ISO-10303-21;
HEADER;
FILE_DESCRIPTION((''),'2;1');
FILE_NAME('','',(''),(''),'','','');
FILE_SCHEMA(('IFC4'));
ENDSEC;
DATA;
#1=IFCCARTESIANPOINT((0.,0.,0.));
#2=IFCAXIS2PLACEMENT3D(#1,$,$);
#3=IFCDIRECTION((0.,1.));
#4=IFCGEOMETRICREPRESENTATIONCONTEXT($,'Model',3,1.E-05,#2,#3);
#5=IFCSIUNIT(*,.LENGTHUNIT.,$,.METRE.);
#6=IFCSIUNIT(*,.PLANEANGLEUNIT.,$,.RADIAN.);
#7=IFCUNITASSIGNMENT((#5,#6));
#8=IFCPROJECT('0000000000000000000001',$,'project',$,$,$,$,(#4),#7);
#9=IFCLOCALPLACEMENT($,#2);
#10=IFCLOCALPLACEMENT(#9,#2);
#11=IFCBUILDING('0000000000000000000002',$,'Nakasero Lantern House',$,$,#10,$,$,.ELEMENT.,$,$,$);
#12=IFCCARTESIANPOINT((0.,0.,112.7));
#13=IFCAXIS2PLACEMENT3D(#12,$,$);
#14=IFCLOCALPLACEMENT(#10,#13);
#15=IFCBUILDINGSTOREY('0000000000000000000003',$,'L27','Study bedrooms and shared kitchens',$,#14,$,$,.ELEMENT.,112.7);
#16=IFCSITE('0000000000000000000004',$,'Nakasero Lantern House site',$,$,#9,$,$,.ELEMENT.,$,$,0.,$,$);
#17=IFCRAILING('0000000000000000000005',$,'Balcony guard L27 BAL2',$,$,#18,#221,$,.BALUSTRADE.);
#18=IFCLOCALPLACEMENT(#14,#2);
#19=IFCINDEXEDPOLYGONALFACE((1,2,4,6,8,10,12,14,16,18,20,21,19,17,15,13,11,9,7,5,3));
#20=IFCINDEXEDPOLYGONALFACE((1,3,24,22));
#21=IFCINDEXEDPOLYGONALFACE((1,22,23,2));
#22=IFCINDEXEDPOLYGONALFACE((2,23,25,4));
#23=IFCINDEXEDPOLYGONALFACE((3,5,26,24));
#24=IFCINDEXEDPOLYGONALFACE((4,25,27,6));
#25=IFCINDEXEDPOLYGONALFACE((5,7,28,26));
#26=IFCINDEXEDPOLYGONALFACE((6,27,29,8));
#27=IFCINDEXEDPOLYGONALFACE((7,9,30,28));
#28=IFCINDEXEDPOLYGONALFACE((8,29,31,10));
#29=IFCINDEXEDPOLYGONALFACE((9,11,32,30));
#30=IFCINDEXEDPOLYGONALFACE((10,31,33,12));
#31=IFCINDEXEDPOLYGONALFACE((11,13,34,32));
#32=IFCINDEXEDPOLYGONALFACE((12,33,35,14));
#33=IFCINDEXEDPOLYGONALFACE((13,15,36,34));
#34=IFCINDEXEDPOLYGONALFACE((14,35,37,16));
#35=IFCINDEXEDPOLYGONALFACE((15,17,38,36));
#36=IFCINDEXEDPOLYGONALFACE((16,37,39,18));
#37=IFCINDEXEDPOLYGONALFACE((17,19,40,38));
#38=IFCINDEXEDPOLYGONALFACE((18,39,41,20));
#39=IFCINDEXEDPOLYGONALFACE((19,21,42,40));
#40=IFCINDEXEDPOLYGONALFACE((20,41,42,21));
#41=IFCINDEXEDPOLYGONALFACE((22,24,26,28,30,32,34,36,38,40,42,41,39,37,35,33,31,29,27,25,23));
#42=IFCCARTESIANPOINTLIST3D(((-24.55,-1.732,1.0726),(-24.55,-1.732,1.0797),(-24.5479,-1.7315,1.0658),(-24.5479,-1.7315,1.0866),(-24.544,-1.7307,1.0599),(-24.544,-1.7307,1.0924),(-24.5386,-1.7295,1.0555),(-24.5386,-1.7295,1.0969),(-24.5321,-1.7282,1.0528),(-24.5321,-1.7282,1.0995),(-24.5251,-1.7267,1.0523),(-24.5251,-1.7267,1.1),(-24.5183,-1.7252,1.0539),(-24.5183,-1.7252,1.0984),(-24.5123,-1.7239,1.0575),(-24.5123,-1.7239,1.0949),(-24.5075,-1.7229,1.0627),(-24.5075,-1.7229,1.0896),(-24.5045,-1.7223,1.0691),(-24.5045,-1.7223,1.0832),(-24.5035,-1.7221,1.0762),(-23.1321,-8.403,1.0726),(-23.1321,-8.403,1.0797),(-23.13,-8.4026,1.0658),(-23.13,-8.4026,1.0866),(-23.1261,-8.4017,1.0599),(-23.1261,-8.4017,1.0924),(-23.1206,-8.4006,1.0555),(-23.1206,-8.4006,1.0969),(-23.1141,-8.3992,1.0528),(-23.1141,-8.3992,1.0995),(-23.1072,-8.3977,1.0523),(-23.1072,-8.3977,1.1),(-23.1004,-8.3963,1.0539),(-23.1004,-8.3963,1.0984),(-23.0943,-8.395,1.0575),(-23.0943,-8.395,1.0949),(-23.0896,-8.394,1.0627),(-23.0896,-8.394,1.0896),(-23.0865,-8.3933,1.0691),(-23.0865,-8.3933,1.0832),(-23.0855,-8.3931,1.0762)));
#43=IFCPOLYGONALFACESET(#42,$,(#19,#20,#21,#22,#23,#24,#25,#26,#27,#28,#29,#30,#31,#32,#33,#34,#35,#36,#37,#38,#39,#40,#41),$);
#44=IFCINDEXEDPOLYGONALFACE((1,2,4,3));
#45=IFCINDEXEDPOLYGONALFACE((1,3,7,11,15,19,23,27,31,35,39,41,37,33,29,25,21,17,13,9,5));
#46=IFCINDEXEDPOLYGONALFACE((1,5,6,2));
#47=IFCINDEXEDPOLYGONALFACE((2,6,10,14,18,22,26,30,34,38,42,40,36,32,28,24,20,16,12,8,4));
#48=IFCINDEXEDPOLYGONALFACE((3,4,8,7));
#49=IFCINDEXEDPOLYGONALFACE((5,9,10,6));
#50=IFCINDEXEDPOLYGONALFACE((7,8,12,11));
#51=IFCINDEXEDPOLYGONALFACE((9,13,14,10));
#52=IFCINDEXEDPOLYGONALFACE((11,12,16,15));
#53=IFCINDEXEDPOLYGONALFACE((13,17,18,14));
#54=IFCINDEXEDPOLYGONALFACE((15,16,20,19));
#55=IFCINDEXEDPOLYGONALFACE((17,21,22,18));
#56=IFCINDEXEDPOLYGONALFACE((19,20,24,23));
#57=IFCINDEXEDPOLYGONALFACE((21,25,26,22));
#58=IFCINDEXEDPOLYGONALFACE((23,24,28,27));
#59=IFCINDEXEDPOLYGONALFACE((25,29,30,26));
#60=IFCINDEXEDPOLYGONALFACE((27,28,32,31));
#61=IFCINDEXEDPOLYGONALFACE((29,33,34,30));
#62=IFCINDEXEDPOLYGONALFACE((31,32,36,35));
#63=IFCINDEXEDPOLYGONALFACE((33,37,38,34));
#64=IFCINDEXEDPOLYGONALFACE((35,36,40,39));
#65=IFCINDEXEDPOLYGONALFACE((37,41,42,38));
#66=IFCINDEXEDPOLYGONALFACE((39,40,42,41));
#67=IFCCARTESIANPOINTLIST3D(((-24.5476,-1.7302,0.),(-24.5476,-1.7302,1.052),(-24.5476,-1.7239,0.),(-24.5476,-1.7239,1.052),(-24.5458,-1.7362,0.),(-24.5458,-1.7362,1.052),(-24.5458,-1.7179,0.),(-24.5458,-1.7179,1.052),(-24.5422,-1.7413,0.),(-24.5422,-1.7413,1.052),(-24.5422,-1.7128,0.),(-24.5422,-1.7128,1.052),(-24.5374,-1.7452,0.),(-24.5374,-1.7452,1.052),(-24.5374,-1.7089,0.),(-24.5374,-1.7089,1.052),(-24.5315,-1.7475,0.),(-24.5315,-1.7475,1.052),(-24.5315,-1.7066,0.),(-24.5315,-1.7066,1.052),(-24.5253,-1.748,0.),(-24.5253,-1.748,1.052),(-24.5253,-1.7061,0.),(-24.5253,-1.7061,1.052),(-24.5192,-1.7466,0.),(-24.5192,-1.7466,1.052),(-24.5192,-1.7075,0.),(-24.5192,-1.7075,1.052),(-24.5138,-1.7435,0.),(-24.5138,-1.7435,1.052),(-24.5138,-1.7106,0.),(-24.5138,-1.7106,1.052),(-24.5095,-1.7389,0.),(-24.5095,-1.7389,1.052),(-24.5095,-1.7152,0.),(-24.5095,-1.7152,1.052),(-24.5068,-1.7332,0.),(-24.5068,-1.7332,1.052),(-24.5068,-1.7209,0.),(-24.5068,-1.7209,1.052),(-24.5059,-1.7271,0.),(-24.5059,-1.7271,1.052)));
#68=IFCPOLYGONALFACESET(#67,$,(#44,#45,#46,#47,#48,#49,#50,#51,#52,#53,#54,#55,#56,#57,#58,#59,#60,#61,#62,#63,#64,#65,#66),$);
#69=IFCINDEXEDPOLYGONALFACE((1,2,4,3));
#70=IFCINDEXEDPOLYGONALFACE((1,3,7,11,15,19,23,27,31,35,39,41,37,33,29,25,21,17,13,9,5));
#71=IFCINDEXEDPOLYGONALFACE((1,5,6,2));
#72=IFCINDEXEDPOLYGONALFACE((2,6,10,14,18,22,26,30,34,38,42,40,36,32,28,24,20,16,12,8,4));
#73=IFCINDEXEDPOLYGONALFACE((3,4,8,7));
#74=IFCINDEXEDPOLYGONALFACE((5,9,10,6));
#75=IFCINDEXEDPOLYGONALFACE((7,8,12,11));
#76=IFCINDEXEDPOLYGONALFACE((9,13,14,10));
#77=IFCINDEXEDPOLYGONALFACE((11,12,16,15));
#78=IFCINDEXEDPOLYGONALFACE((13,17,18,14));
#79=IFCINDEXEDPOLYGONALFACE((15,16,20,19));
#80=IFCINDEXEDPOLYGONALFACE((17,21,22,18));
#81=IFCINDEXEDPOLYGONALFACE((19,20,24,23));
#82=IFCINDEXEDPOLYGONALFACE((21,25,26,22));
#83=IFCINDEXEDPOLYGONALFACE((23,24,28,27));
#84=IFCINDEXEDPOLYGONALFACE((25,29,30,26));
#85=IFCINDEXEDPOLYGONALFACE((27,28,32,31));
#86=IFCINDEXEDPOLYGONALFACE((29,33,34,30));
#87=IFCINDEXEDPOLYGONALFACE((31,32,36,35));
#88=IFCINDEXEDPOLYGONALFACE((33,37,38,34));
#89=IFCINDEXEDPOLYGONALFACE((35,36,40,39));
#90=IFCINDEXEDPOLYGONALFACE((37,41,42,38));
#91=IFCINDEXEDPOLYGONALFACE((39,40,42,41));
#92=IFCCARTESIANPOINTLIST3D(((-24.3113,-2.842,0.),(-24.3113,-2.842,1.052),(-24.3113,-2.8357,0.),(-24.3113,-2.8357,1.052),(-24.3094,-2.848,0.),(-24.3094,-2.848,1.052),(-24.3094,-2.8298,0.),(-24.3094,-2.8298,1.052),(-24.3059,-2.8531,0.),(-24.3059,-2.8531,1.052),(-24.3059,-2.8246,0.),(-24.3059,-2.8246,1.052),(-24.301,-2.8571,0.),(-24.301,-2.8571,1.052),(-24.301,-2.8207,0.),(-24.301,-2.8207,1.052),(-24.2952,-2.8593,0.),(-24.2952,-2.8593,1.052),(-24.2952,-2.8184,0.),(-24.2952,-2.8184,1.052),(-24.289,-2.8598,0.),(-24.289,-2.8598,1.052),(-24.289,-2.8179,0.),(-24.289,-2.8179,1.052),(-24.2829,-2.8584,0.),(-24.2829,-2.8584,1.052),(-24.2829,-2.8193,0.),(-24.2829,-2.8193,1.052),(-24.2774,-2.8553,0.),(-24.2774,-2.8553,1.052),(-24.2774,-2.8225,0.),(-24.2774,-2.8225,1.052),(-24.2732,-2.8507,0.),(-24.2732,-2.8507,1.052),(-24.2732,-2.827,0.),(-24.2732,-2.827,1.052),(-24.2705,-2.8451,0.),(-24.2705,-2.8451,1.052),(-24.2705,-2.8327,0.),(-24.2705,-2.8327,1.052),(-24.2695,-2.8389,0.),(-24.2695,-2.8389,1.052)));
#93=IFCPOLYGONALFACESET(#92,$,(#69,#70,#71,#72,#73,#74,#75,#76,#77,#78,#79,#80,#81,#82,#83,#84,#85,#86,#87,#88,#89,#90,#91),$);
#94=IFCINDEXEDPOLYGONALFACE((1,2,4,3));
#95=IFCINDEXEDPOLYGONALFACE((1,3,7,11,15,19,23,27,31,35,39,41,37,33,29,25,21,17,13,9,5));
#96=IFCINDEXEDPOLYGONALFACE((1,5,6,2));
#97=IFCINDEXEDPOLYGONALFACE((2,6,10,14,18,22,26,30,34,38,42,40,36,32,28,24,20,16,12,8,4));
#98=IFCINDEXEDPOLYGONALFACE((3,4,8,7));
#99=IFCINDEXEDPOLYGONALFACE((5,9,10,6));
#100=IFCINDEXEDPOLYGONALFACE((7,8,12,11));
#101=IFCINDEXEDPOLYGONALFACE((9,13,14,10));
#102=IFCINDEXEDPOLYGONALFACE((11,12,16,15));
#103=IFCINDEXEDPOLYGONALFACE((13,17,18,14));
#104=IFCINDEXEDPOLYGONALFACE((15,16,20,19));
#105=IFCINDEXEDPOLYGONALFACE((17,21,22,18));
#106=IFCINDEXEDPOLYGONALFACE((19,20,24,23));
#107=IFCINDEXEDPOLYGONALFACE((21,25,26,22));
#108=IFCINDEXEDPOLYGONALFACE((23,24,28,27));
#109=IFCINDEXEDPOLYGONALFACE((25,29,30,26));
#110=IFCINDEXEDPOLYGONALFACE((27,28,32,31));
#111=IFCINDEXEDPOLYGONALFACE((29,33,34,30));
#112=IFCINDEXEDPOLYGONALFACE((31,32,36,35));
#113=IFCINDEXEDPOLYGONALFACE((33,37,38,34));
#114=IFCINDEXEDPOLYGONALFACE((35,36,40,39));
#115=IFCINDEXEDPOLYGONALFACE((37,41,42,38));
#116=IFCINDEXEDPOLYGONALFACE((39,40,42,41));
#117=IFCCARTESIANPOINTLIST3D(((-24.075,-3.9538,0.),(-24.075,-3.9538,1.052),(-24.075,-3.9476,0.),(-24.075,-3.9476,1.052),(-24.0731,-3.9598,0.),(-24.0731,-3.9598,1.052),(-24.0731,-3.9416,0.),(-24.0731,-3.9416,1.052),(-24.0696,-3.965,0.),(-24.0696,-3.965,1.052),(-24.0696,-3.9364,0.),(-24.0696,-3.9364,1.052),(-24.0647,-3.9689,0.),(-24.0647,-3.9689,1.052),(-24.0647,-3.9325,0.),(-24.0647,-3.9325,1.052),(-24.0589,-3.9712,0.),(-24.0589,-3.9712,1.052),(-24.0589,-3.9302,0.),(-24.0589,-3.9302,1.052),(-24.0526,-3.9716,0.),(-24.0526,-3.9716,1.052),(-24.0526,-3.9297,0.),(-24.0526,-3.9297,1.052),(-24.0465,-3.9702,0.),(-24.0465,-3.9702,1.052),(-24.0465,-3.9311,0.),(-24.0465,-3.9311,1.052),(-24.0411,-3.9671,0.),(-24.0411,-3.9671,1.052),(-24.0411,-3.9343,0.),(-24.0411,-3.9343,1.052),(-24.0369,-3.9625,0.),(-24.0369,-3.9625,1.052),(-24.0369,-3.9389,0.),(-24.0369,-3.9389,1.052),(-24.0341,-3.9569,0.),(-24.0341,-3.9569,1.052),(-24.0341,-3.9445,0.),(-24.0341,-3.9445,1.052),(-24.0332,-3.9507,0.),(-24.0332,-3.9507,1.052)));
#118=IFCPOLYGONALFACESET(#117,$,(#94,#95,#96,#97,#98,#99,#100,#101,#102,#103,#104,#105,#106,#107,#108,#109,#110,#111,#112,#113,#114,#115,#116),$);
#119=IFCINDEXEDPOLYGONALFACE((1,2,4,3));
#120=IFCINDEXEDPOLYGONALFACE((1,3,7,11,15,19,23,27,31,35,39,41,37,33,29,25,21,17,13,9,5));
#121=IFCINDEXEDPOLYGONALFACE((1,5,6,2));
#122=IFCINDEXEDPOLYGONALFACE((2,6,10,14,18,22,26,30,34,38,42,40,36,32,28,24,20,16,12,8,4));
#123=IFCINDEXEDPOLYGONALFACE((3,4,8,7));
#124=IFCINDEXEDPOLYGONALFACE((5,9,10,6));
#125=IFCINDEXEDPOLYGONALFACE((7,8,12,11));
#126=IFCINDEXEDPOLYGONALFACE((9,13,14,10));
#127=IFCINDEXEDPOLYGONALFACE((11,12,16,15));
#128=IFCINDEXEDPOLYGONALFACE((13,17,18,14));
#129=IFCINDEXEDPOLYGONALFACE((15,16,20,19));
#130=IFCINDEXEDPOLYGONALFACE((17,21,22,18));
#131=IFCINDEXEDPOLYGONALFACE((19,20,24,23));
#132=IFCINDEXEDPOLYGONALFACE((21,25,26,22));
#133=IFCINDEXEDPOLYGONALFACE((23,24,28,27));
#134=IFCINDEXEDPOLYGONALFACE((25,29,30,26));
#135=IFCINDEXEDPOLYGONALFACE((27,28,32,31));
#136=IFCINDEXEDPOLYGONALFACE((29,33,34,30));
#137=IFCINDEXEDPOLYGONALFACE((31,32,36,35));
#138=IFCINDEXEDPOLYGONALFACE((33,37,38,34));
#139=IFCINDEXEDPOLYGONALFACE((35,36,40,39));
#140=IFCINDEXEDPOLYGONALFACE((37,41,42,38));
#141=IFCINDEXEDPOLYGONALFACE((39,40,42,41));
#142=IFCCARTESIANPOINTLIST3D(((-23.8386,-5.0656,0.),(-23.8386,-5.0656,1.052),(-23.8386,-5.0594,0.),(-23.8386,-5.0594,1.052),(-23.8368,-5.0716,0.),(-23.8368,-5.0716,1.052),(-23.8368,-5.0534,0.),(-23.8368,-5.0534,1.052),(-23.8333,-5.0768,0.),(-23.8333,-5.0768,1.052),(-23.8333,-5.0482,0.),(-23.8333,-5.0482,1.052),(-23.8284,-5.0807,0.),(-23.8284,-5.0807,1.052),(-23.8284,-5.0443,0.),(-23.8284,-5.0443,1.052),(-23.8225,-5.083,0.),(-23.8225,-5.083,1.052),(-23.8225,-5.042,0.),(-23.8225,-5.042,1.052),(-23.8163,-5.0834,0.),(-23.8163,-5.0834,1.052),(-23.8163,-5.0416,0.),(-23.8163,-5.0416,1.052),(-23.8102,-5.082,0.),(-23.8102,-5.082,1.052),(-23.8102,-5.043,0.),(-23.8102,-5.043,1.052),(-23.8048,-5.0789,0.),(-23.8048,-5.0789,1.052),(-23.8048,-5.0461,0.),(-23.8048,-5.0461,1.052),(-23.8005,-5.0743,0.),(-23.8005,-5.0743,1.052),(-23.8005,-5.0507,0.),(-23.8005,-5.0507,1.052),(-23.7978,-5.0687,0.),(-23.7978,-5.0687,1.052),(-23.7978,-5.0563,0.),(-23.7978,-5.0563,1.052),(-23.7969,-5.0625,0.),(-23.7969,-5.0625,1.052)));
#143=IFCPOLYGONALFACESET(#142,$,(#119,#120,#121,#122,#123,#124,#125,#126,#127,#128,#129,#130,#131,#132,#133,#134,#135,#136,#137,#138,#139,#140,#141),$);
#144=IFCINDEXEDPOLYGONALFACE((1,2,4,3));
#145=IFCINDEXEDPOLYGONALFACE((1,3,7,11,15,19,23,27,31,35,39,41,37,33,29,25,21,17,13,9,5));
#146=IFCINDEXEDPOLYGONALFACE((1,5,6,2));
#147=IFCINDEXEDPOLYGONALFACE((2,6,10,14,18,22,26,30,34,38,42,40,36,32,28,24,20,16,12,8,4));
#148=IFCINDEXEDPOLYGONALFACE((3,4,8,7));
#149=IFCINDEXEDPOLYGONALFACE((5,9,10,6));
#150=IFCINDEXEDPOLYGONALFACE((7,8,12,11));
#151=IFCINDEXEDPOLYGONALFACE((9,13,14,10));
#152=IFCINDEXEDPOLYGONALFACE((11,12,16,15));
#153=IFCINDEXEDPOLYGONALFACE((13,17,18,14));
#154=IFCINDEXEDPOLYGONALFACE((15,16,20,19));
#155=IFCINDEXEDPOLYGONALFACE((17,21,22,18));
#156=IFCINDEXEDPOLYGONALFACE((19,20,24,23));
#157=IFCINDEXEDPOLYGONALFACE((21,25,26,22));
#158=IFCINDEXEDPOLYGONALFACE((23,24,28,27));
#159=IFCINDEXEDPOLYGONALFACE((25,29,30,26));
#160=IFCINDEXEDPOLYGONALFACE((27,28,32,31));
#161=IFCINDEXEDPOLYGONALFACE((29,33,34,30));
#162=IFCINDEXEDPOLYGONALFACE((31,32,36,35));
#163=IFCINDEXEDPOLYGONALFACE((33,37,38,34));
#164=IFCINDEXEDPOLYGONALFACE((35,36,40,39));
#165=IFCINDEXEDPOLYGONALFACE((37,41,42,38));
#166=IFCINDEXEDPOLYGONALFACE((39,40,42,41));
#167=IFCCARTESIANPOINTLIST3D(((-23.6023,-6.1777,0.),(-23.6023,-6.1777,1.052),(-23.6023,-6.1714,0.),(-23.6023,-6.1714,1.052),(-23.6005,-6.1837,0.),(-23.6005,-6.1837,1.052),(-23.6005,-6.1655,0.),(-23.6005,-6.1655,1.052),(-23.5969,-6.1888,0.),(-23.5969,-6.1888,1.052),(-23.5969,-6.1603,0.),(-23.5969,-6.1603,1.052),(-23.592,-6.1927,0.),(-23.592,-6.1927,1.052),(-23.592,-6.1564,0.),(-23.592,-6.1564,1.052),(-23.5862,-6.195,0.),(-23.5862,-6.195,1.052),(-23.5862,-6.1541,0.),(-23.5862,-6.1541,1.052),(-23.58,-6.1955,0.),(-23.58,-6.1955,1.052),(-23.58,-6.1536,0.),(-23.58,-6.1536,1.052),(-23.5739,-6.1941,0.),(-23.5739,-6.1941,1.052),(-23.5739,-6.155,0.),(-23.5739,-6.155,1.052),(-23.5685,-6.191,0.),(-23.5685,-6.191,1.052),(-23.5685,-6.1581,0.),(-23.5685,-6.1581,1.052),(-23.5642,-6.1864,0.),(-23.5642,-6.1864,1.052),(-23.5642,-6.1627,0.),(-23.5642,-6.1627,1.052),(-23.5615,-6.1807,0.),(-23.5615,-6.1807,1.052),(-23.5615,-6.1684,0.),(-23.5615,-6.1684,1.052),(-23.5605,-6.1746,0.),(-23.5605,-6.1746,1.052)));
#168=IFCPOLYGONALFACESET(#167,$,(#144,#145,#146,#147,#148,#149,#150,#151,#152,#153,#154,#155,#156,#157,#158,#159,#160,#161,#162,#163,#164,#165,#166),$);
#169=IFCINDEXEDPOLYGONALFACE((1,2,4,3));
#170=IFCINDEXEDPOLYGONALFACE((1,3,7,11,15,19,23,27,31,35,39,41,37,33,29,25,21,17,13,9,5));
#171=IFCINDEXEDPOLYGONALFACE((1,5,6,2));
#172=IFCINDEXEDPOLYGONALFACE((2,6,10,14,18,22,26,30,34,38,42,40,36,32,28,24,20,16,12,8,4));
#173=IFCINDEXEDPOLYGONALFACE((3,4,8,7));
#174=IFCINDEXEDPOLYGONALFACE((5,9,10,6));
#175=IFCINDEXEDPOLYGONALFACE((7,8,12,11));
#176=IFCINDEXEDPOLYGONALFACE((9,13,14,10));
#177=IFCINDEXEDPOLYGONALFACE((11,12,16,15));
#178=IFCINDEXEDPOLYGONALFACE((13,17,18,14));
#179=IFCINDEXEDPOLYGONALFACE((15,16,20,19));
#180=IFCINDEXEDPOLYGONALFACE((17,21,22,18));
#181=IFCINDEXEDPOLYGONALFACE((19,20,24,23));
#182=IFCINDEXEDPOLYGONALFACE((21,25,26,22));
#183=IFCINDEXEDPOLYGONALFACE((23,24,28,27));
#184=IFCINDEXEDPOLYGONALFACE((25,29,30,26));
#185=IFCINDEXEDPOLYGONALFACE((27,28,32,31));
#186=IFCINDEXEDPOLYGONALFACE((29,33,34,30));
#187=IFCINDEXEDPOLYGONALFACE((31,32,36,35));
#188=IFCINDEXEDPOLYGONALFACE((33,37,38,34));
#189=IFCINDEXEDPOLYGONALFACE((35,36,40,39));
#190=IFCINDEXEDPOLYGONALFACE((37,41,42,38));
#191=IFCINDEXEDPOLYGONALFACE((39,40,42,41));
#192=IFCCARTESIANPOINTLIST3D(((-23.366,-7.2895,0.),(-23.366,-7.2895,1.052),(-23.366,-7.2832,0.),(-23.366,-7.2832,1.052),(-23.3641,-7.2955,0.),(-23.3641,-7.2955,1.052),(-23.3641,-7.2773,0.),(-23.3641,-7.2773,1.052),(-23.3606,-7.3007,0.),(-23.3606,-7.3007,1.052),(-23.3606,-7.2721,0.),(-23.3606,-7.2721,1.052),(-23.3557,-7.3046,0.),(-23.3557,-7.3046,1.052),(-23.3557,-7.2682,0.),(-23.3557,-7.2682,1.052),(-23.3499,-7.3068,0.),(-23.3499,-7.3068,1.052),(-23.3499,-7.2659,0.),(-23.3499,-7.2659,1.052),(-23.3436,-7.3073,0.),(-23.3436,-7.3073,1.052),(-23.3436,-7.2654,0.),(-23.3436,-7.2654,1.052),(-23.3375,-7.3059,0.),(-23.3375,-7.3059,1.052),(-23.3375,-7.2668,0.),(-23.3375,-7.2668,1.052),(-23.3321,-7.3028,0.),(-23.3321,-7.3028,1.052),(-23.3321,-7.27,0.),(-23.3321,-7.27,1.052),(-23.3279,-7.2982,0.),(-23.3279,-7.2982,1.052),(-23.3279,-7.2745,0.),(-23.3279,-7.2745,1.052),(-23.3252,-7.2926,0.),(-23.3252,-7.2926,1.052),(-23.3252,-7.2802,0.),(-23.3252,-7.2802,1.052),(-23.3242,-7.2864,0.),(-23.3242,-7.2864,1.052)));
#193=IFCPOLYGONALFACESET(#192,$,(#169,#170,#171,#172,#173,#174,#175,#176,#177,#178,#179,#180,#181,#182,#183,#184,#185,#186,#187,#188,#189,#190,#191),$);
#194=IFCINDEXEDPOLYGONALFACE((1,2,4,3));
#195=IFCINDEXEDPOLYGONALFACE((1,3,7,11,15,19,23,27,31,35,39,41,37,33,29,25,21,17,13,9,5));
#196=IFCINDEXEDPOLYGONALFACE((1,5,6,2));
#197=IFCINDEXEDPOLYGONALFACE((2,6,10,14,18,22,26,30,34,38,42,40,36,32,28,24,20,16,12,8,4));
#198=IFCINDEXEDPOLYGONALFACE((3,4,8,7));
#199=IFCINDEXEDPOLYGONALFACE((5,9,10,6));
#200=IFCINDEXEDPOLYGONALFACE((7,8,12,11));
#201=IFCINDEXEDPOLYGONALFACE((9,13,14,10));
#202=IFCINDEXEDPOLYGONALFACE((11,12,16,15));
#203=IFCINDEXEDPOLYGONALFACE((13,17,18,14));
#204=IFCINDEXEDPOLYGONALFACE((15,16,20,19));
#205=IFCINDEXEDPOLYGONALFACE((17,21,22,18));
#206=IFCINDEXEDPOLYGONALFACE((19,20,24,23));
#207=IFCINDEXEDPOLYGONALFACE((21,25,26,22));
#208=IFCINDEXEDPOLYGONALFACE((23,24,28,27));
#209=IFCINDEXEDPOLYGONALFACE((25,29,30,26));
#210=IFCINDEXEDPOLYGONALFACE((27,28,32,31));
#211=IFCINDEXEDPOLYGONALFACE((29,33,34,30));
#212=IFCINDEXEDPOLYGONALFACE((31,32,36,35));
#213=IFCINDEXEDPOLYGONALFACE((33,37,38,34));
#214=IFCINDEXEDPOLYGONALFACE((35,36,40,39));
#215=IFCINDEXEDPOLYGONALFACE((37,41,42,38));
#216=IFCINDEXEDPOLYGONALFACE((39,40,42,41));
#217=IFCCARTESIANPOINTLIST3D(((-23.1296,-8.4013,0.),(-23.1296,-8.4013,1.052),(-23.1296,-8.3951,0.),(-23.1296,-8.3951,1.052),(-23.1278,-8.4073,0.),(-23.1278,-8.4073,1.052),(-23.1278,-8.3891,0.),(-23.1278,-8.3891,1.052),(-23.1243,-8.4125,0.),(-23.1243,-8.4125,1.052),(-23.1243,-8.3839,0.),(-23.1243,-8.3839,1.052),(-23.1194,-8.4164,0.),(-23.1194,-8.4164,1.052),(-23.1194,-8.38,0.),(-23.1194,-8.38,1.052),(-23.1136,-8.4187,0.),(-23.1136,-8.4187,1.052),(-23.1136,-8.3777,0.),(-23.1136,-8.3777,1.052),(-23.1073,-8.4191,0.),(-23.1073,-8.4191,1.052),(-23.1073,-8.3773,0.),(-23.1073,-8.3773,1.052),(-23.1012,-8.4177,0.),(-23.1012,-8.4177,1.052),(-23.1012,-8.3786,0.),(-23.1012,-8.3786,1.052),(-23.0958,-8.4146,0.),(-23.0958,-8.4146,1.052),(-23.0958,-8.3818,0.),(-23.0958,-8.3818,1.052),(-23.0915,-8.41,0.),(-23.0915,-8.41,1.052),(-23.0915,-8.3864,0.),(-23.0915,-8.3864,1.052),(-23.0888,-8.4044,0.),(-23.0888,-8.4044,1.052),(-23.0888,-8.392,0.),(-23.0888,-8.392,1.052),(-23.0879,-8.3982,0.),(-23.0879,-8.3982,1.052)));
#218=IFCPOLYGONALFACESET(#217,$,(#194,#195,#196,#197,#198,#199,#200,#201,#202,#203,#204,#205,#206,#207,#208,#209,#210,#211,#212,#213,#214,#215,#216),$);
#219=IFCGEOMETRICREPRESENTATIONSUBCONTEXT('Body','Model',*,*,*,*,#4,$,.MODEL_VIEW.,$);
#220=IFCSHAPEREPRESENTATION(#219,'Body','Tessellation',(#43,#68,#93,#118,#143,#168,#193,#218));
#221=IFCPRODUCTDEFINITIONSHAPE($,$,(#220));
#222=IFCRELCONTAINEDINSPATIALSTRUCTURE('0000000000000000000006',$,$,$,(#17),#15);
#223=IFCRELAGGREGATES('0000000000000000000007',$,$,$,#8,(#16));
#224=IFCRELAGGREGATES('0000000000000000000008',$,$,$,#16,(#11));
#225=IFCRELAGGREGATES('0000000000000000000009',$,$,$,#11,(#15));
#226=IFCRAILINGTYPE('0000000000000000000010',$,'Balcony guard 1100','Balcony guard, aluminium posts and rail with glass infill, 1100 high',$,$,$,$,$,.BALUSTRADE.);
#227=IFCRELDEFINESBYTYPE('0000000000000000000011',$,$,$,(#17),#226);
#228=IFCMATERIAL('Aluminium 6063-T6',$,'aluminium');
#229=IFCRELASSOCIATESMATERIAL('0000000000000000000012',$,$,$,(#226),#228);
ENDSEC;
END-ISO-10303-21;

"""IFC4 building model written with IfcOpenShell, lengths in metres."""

from ifc_helpers import new_model, si_unit, direction, frame, origin, origin_2d, place, context, subcontext, project, spatial, circle, extrude, material, type_object, element, save


model = new_model("IFC4")

# Units and contexts
model_context = context("Model", 3, precision=1e-05, world=origin(), true_north=direction((0.0, 1.0)))
body_context = subcontext(model_context, "Body", "Model", "MODEL_VIEW")
ifc_project = project(units=[si_unit("LENGTHUNIT", "METRE"), si_unit("PLANEANGLEUNIT", "RADIAN")], contexts=[model_context])

# Site, building, storey
site_placement = place(None, origin())
site = spatial("IfcSite", under=ifc_project, at=site_placement, Name="Nakasero Lantern House site", CompositionType="ELEMENT", RefElevation=0.0)
building_placement = place(site_placement, origin())
building = spatial("IfcBuilding", under=site, at=building_placement, Name="Nakasero Lantern House", CompositionType="ELEMENT")
storey_placement = place(building_placement, frame((0.0, 0.0, 112.7)))
storey = spatial("IfcBuildingStorey", under=building, at=storey_placement, Name="L27", Description="Study bedrooms and shared kitchens", CompositionType="ELEMENT", Elevation=112.7)

# Railing
ifc_material_1 = material(Name="Aluminium 6063-T6", Category="aluminium")
railing_type = type_object("IfcRailingType", Name="Balcony guard 1100", Description="Balcony guard, aluminium posts and rail with glass infill, 1100 high", PredefinedType="BALUSTRADE", material=ifc_material_1)
railing_placement = place(storey_placement, frame((-24.5269, -1.7271, 0.0)))
element("IfcRailing", 1, at=railing_placement, inside=storey, type_object=railing_type, Name="Balcony guard L27 BAL2", PredefinedType="BALUSTRADE", context=body_context, shape_type="SweptSolid", body=[
    extrude(circle(Radius=0.0239, at=origin_2d()), frame((0.0, 0.0, 1.0762), z_axis=(0.207908, -0.978148, 0.0), x_axis=(0.978148, 0.207908, 0.0)), (0.0, 0.0, 1.0), 6.8201),
    extrude(circle(Radius=0.021, at=origin_2d()), origin(), (0.0, 0.0, 1.0), 1.052),
    extrude(circle(Radius=0.021, at=origin_2d()), frame((0.2363, -1.1118, 0.0)), (0.0, 0.0, 1.0), 1.052),
    extrude(circle(Radius=0.021, at=origin_2d()), frame((0.4727, -2.2236, 0.0)), (0.0, 0.0, 1.0), 1.052),
    extrude(circle(Radius=0.021, at=origin_2d()), frame((0.709, -3.3354, 0.0)), (0.0, 0.0, 1.0), 1.052),
    extrude(circle(Radius=0.021, at=origin_2d()), frame((0.9453, -4.4475, 0.0)), (0.0, 0.0, 1.0), 1.052),
    extrude(circle(Radius=0.021, at=origin_2d()), frame((1.1816, -5.5593, 0.0)), (0.0, 0.0, 1.0), 1.052),
    extrude(circle(Radius=0.021, at=origin_2d()), frame((1.418, -6.6711, 0.0)), (0.0, 0.0, 1.0), 1.052),
])

save(model, "model.ifc")
